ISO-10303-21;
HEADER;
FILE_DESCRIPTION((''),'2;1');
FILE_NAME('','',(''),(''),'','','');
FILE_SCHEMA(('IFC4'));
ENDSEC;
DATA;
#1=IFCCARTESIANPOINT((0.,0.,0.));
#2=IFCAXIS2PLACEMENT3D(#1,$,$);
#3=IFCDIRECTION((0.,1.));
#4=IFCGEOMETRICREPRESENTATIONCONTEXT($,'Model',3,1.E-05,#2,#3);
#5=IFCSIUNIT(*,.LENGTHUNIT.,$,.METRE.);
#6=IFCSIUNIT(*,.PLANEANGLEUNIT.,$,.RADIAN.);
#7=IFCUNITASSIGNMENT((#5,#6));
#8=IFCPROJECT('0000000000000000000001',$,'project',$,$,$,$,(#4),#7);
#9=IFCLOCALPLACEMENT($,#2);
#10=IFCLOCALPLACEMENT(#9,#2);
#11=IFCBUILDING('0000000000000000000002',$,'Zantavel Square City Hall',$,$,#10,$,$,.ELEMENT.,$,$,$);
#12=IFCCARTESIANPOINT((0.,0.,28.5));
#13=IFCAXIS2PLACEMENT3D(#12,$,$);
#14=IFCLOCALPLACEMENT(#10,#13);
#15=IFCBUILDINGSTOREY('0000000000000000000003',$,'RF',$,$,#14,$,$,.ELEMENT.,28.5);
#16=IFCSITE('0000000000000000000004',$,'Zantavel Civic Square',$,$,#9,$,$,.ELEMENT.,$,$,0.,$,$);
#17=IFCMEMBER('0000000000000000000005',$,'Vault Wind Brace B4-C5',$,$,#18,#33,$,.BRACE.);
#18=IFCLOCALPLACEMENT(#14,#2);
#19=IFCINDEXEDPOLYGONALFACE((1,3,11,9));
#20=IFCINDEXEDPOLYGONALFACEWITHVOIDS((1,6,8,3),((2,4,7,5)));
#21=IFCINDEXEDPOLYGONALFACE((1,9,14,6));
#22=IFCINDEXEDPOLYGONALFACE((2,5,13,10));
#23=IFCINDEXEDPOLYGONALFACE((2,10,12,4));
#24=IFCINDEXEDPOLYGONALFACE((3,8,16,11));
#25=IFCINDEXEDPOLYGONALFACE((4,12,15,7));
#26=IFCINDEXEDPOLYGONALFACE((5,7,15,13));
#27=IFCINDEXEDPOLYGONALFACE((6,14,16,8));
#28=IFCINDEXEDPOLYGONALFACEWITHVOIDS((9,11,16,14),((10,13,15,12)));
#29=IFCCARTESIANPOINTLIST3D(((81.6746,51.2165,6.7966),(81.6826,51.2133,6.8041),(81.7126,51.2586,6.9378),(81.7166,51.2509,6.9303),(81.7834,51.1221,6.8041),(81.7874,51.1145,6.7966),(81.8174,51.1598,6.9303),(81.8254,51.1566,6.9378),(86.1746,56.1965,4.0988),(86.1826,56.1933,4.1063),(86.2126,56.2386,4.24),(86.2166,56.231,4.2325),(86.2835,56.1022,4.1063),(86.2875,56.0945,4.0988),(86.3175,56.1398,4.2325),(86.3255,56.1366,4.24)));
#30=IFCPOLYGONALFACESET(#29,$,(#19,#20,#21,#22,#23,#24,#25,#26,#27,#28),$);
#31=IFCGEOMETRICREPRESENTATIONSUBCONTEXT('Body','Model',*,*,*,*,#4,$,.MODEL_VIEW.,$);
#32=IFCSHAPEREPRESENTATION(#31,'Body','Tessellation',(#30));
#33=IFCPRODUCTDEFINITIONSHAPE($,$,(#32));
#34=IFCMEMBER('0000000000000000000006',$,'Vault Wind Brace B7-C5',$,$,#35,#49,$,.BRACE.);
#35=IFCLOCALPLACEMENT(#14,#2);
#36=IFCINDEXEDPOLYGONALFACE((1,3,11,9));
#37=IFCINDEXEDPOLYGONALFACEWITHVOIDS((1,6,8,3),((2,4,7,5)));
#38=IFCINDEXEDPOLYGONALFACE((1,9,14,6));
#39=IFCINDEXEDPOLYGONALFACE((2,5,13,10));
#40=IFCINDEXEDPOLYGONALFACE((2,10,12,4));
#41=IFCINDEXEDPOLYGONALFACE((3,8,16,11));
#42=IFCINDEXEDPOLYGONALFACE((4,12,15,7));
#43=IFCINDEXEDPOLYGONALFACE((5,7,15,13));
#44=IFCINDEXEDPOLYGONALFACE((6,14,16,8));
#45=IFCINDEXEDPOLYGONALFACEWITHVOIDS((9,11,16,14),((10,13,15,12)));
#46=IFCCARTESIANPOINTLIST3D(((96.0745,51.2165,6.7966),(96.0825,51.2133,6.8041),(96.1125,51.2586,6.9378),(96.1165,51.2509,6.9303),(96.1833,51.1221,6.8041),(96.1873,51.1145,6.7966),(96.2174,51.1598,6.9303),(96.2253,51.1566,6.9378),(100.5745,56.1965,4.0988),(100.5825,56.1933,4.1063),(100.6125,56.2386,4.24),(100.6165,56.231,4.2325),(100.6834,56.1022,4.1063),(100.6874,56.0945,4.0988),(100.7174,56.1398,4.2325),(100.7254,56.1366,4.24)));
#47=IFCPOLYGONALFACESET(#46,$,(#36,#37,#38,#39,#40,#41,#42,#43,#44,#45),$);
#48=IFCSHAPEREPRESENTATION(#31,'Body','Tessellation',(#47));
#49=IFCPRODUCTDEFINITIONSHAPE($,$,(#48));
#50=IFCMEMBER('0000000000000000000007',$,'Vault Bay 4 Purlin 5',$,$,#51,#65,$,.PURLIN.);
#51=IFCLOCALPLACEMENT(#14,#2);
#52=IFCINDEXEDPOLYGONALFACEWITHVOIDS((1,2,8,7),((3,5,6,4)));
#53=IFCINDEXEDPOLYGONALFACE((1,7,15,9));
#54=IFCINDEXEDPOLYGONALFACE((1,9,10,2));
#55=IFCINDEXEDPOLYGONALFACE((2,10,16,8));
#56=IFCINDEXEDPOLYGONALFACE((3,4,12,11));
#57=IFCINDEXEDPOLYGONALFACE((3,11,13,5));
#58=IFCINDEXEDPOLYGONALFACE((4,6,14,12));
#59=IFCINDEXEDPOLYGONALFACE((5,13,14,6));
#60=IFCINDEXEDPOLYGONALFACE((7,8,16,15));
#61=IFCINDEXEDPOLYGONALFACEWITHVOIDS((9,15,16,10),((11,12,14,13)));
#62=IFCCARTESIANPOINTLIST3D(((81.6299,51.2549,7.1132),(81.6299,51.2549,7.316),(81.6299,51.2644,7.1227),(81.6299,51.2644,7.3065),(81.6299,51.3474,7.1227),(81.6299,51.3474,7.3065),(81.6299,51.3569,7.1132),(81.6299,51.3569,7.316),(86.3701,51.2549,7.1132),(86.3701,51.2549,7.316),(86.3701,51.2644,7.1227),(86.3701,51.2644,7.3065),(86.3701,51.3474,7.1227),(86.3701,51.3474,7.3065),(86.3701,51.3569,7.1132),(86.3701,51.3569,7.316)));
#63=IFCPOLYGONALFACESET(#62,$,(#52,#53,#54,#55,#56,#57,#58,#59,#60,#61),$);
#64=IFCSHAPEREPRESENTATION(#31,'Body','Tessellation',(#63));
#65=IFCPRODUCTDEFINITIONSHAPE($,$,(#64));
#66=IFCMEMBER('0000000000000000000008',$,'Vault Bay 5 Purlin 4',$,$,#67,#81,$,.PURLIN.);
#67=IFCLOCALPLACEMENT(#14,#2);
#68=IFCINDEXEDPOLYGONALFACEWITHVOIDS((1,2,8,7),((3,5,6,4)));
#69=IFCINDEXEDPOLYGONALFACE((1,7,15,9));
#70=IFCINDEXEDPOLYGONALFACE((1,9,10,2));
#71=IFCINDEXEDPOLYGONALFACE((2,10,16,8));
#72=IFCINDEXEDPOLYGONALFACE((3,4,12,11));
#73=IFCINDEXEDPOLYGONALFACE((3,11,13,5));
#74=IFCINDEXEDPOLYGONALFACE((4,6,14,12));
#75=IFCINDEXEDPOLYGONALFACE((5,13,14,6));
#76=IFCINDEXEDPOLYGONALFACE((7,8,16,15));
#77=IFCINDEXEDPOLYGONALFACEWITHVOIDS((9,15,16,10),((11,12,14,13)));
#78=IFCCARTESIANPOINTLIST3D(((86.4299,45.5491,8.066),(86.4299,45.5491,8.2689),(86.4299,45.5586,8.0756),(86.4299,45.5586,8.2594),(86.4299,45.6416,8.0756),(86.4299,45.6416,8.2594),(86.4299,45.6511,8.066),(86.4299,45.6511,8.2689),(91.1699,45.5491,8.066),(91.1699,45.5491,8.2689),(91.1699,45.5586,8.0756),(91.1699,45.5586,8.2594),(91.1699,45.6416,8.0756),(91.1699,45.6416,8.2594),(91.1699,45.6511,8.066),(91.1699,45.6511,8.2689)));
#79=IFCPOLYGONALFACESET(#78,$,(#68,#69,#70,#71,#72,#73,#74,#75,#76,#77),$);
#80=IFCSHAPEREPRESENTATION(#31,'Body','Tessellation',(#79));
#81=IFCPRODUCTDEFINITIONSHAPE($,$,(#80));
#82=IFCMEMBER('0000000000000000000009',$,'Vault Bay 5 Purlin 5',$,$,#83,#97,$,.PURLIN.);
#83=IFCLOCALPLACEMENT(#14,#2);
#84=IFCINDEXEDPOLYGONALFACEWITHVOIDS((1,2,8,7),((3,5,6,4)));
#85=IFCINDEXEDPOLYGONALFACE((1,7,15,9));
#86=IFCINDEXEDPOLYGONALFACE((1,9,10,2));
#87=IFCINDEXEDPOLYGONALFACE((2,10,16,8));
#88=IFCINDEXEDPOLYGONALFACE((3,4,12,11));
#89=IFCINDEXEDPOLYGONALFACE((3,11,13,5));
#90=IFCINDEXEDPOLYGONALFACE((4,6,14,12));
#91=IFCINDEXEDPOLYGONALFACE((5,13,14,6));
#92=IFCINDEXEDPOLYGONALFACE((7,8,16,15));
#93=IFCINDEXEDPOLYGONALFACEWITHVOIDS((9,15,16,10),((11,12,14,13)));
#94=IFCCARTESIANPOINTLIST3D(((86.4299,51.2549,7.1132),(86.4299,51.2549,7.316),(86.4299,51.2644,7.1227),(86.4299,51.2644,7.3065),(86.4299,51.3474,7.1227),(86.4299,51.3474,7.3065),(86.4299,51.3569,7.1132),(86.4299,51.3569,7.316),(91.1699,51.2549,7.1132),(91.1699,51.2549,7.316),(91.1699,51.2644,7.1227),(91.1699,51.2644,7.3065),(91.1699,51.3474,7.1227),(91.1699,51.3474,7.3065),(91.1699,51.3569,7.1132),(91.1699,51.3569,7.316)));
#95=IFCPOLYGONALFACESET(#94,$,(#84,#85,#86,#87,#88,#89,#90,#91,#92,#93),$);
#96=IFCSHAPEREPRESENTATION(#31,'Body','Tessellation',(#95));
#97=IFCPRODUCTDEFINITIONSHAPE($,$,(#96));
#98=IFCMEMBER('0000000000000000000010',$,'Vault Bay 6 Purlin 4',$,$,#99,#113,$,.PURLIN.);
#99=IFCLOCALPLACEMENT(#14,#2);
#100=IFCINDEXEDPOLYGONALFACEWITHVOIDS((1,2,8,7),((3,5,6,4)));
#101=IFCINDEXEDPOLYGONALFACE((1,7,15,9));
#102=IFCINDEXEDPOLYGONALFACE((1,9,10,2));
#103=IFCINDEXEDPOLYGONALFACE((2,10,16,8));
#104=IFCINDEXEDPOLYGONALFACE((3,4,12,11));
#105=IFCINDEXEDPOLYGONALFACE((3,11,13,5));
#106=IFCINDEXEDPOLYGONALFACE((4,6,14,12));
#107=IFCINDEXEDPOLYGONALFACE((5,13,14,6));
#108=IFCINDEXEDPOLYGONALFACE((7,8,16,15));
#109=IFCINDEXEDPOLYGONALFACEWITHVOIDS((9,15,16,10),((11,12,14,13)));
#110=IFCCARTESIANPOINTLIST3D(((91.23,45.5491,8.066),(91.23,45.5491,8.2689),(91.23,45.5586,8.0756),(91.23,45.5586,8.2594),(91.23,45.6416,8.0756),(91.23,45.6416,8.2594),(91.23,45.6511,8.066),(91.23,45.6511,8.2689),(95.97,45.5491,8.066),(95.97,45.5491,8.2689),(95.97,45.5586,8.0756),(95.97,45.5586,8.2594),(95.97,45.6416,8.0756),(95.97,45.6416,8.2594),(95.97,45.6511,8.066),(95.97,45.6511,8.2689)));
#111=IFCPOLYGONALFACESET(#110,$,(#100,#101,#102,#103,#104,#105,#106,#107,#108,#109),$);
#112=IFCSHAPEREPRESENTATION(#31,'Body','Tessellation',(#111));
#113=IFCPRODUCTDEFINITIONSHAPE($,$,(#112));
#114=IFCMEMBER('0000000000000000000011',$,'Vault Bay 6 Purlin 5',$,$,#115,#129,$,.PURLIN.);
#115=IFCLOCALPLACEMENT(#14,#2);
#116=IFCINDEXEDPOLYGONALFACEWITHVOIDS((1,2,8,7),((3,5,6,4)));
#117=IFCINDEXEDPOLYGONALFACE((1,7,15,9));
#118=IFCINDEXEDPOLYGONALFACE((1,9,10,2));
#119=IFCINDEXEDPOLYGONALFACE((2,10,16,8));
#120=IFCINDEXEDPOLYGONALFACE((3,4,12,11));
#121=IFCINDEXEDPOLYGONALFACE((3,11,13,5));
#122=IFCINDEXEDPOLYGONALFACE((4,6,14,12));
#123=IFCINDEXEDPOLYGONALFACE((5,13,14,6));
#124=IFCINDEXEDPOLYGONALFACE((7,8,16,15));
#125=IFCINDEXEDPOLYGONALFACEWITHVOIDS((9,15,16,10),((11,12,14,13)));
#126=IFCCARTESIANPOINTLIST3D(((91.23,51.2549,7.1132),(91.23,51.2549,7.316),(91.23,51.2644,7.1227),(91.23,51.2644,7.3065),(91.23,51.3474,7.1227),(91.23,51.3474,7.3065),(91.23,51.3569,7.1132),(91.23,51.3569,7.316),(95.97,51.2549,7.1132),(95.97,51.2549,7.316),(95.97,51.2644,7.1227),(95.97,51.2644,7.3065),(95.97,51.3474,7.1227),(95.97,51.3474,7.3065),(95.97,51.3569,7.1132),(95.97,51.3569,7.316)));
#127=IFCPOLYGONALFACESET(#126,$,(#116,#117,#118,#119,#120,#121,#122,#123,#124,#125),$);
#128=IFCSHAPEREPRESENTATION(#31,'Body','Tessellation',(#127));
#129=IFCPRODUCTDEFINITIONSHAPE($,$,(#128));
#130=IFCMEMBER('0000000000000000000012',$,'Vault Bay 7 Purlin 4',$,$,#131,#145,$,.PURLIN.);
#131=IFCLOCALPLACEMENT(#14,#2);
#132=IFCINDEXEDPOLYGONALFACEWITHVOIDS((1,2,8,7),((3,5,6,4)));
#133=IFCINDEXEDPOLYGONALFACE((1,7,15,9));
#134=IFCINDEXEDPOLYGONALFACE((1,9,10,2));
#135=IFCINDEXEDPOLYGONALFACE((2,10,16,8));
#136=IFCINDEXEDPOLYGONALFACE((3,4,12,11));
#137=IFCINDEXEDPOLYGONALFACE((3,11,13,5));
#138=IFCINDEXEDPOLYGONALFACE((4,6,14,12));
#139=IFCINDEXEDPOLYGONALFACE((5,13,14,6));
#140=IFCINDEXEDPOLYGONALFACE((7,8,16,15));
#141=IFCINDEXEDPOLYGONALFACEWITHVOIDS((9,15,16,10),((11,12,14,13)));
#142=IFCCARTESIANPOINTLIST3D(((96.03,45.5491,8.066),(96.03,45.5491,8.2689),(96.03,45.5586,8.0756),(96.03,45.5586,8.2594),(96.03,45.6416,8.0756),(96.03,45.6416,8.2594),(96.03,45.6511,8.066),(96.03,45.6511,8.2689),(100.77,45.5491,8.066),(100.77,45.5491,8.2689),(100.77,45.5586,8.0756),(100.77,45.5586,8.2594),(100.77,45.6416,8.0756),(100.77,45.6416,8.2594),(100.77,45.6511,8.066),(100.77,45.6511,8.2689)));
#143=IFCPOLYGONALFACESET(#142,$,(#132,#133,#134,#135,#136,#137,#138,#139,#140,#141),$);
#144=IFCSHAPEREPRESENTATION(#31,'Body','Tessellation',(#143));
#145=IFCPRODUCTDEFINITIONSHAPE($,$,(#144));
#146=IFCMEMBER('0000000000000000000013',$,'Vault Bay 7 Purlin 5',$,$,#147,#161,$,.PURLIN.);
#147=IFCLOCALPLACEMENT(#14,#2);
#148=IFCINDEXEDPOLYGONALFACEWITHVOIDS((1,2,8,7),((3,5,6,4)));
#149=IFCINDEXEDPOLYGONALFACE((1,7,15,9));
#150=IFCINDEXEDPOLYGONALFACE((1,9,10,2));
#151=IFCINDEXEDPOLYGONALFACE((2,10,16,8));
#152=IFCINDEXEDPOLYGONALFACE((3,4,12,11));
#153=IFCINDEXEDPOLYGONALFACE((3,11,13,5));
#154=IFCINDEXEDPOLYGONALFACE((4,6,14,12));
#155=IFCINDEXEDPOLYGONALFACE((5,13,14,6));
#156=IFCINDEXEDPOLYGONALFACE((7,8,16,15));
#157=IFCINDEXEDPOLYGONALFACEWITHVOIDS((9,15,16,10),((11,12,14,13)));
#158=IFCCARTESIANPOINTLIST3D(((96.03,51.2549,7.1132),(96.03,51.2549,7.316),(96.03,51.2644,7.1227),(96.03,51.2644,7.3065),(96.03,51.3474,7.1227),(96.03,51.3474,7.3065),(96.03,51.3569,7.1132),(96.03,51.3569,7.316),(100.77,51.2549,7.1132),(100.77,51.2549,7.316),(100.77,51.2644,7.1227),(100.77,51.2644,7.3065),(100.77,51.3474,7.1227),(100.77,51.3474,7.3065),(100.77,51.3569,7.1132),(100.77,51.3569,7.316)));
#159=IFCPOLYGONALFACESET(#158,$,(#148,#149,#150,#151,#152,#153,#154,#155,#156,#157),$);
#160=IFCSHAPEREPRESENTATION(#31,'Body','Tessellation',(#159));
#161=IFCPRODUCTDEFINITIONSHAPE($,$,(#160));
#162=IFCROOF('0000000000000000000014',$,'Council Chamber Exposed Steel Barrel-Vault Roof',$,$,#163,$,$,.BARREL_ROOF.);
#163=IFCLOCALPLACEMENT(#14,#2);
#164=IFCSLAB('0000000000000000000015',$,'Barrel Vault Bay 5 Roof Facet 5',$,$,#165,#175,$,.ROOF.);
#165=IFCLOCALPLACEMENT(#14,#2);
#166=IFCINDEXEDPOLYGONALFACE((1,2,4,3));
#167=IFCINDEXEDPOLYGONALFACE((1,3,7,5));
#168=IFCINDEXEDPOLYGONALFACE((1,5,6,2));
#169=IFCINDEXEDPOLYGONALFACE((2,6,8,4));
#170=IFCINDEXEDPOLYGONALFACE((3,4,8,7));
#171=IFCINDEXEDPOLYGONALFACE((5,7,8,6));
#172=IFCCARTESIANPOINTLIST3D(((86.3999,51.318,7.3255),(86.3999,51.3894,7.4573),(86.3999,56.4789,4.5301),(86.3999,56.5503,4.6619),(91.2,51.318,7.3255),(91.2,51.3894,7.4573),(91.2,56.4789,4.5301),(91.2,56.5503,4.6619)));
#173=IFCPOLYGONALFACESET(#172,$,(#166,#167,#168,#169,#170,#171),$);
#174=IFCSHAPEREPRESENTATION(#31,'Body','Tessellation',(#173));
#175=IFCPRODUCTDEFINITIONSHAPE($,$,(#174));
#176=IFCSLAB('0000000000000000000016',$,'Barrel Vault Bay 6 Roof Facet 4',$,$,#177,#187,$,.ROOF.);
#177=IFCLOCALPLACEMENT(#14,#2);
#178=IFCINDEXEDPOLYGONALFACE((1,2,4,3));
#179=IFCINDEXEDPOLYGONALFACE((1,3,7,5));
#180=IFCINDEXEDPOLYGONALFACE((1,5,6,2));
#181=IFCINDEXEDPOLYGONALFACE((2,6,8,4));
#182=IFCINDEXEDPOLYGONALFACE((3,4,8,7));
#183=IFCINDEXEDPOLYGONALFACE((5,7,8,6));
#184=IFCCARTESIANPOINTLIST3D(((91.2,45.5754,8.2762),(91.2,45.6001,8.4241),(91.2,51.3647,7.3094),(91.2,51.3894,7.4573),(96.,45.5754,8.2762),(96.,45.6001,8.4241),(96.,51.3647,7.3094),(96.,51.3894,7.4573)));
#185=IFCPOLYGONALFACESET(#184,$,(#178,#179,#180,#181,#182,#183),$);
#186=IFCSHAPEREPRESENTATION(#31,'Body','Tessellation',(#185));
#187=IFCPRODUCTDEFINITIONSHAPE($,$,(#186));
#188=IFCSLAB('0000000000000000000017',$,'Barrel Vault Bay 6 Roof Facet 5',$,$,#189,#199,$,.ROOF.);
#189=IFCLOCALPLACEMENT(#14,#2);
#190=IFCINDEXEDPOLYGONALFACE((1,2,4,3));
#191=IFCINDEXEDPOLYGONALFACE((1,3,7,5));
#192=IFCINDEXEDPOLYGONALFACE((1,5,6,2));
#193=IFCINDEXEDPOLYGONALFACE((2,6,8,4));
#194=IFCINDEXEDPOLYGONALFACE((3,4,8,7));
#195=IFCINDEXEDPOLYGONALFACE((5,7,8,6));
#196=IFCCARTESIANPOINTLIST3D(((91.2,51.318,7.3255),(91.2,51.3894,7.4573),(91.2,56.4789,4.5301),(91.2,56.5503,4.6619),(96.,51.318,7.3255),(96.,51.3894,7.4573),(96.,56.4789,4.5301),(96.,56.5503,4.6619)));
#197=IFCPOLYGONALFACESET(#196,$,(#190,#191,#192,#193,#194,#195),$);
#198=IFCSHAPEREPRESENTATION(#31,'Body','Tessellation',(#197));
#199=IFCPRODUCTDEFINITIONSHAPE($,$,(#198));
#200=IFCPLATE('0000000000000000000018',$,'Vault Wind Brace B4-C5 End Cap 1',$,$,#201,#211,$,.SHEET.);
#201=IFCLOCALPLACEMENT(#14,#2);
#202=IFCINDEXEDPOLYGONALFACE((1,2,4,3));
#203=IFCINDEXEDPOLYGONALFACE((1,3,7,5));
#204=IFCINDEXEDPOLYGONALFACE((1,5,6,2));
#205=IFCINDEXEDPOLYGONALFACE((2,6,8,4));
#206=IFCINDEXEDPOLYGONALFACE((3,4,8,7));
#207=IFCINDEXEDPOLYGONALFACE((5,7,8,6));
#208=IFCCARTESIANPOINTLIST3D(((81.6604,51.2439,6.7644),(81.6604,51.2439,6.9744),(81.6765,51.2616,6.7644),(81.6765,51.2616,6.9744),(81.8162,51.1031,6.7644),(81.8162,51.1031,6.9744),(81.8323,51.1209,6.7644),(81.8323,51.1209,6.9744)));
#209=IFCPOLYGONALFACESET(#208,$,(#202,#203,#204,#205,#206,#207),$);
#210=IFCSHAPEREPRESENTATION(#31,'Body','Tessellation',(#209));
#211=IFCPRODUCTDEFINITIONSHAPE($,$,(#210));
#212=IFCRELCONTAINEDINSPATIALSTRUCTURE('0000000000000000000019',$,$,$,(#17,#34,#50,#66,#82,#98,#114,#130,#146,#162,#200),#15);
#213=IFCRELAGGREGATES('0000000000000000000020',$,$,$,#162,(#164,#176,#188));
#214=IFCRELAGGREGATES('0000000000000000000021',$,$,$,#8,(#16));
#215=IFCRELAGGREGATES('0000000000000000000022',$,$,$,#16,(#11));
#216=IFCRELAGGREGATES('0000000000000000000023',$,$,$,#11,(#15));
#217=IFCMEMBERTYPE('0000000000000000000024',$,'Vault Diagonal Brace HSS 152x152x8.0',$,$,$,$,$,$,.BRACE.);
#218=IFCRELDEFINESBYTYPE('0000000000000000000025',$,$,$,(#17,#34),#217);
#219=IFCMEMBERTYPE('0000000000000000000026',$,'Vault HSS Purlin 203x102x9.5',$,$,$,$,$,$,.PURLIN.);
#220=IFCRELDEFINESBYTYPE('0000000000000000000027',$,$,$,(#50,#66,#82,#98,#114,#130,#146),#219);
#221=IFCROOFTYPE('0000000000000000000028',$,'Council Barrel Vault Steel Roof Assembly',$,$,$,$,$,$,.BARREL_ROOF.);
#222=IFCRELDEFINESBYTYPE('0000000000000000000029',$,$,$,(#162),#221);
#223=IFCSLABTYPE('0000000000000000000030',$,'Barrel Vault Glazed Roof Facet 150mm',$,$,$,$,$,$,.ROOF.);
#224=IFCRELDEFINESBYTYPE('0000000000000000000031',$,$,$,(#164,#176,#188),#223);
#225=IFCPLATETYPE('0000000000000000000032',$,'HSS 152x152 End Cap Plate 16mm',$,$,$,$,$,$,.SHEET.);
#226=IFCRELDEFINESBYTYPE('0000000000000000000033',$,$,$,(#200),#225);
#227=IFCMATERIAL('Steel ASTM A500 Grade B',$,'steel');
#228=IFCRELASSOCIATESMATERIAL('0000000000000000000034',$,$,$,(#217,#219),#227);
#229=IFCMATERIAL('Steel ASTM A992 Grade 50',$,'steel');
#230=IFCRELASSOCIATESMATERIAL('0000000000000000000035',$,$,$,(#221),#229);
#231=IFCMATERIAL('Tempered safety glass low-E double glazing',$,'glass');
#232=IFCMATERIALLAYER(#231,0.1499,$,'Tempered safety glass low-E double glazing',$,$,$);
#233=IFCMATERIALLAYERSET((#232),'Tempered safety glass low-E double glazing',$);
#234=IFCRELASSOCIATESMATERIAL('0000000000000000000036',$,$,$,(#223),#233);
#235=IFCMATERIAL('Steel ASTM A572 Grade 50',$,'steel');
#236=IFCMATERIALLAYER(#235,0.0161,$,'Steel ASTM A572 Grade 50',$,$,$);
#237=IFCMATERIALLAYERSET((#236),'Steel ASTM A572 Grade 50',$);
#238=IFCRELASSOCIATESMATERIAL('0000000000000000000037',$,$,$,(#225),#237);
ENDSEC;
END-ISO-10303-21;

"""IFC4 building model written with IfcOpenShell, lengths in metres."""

from ifc_helpers import new_model, si_unit, direction, frame, origin, origin_2d, place, context, subcontext, project, spatial, polyline, rectangle, hollow_rectangle, outline, extrude, material, layer, layer_set, material_profile, profile_set, type_object, element, aggregate, save


model = new_model("IFC4")

# Units and contexts
model_context = context("Model", 3, precision=1e-05, world=origin(), true_north=direction((0.0, 1.0)))
body_context = subcontext(model_context, "Body", "Model", "MODEL_VIEW")
ifc_project = project(units=[si_unit("LENGTHUNIT", "METRE"), si_unit("PLANEANGLEUNIT", "RADIAN")], contexts=[model_context])

# Site, building, storey
site_placement = place(None, origin())
site = spatial("IfcSite", under=ifc_project, at=site_placement, Name="Zantavel Civic Square", CompositionType="ELEMENT", RefElevation=0.0)
building_placement = place(site_placement, origin())
building = spatial("IfcBuilding", under=site, at=building_placement, Name="Zantavel Square City Hall", CompositionType="ELEMENT")
storey_placement = place(building_placement, frame((0.0, 0.0, 28.5)))
storey = spatial("IfcBuildingStorey", under=building, at=storey_placement, Name="RF", CompositionType="ELEMENT", Elevation=28.5)

# Shared definitions
ifc_material_1 = material(Name="Steel ASTM A992 Grade 50", Category="steel")

# Members
ifc_material_2 = material(Name="Steel ASTM A500 Grade B", Category="steel")
ifc_material_profile_1 = material_profile(ifc_material_2, hollow_rectangle(XDim=0.1521, YDim=0.1521, WallThickness=0.0081, at=origin_2d()), Name="HSS 152x152x8.0")
ifc_profile_set_1 = profile_set([ifc_material_profile_1], Name="Steel ASTM A500 Grade B")
member_type_1 = type_object("IfcMemberType", Name="Vault Diagonal Brace HSS 152x152x8.0", PredefinedType="BRACE", material=ifc_profile_set_1)
for number, where, z_axis, x_axis, name in (
    (1, (81.75, 51.1865, 6.8672), (0.622078, 0.688431, -0.372937), (-0.741958, 0.670446, 0.0), "Vault Wind Brace B4-C5"),
    (2, (96.1499, 51.1865, 6.8672), (0.622078, 0.688431, -0.372937), (-0.741958, 0.670446, 0.0), "Vault Wind Brace B7-C5"),
):
    element("IfcMember", number, at=place(storey_placement, frame(where, z_axis=z_axis, x_axis=x_axis)), inside=storey, type_object=member_type_1, Name=name, PredefinedType="BRACE", context=body_context, shape_type="SweptSolid", body=[
        extrude(hollow_rectangle(XDim=0.1521, YDim=0.1521, WallThickness=0.0081, at=origin_2d()), origin(), (0.0, 0.0, 1.0), 7.2339),
    ])
ifc_material_profile_2 = material_profile(ifc_material_2, hollow_rectangle(XDim=0.1021, YDim=0.2029, WallThickness=0.0095, at=origin_2d()), Name="HSS 203x102x9.5")
ifc_profile_set_2 = profile_set([ifc_material_profile_2], Name="Steel ASTM A500 Grade B")
member_type_2 = type_object("IfcMemberType", Name="Vault HSS Purlin 203x102x9.5", PredefinedType="PURLIN", material=ifc_profile_set_2)
member_placement = place(storey_placement, frame((81.6299, 51.3059, 7.2146), z_axis=(1.0, 0.0, 0.0), x_axis=(0.0, 1.0, 0.0)))
element("IfcMember", 3, at=member_placement, inside=storey, type_object=member_type_2, Name="Vault Bay 4 Purlin 5", PredefinedType="PURLIN", context=body_context, shape_type="SweptSolid", body=[
    extrude(hollow_rectangle(XDim=0.1021, YDim=0.2029, WallThickness=0.0095, at=origin_2d()), origin(), (0.0, 0.0, 1.0), 4.7402),
])
for number, where, z_axis, x_axis, name in (
    (4, (86.4299, 45.6001, 8.1675), (1.0, 0.0, 0.0), (0.0, 1.0, 0.0), "Vault Bay 5 Purlin 4"),
    (5, (86.4299, 51.3059, 7.2146), (1.0, 0.0, 0.0), (0.0, 1.0, 0.0), "Vault Bay 5 Purlin 5"),
    (6, (91.23, 45.6001, 8.1675), (1.0, 0.0, 0.0), (0.0, 1.0, 0.0), "Vault Bay 6 Purlin 4"),
    (7, (91.23, 51.3059, 7.2146), (1.0, 0.0, 0.0), (0.0, 1.0, 0.0), "Vault Bay 6 Purlin 5"),
    (8, (96.03, 45.6001, 8.1675), (1.0, 0.0, 0.0), (0.0, 1.0, 0.0), "Vault Bay 7 Purlin 4"),
    (9, (96.03, 51.3059, 7.2146), (1.0, 0.0, 0.0), (0.0, 1.0, 0.0), "Vault Bay 7 Purlin 5"),
):
    element("IfcMember", number, at=place(storey_placement, frame(where, z_axis=z_axis, x_axis=x_axis)), inside=storey, type_object=member_type_2, Name=name, PredefinedType="PURLIN", context=body_context, shape_type="SweptSolid", body=[
        extrude(hollow_rectangle(XDim=0.1021, YDim=0.2029, WallThickness=0.0095, at=origin_2d()), origin(), (0.0, 0.0, 1.0), 4.74),
    ])

# Roof, slabs
roof_type = type_object("IfcRoofType", Name="Council Barrel Vault Steel Roof Assembly", PredefinedType="BARREL_ROOF", material=ifc_material_1)
roof_placement = place(storey_placement, origin())
roof = element("IfcRoof", 10, at=roof_placement, inside=storey, type_object=roof_type, Name="Council Chamber Exposed Steel Barrel-Vault Roof", PredefinedType="BARREL_ROOF")
ifc_material_3 = material(Name="Tempered safety glass low-E double glazing", Category="glass")
ifc_layer_1 = layer(ifc_material_3, 0.1499, Name="Tempered safety glass low-E double glazing")
ifc_layer_set_1 = layer_set([ifc_layer_1], Name="Tempered safety glass low-E double glazing")
slab_type_1 = type_object("IfcSlabType", Name="Barrel Vault Glazed Roof Facet 150mm", PredefinedType="ROOF", material=ifc_layer_set_1)
slab_1_placement = place(storey_placement, frame((86.3999, 51.3894, 7.4573), z_axis=(0.0, 0.476274, 0.879297), x_axis=(1.0, 0.0, 0.0)))
slab_1 = element("IfcSlab", 11, at=slab_1_placement, type_object=slab_type_1, Name="Barrel Vault Bay 5 Roof Facet 5", PredefinedType="ROOF", context=body_context, shape_type="SweptSolid", body=[
    extrude(outline(polyline([(0.0, 0.0), (4.8, 0.0), (4.8, 5.8693), (0.0, 5.8693), (0.0, 0.0)])), origin(), (0.0, 0.0, -1.0), 0.1499),
])
slab_2_placement = place(storey_placement, frame((91.2, 45.6001, 8.4241), z_axis=(0.0, 0.164716, 0.986341), x_axis=(1.0, 0.0, 0.0)))
slab_2 = element("IfcSlab", 12, at=slab_2_placement, type_object=slab_type_1, Name="Barrel Vault Bay 6 Roof Facet 4", PredefinedType="ROOF", context=body_context, shape_type="SweptSolid", body=[
    extrude(outline(polyline([(0.0, 0.0), (4.8, 0.0), (4.8, 5.8695), (0.0, 5.8695), (0.0, 0.0)])), origin(), (0.0, 0.0, -1.0), 0.1499),
])
slab_3_placement = place(storey_placement, frame((91.2, 51.3894, 7.4573), z_axis=(0.0, 0.476274, 0.879297), x_axis=(1.0, 0.0, 0.0)))
slab_3 = element("IfcSlab", 13, at=slab_3_placement, type_object=slab_type_1, Name="Barrel Vault Bay 6 Roof Facet 5", PredefinedType="ROOF", context=body_context, shape_type="SweptSolid", body=[
    extrude(outline(polyline([(0.0, 0.0), (4.8, 0.0), (4.8, 5.8693), (0.0, 5.8693), (0.0, 0.0)])), origin(), (0.0, 0.0, -1.0), 0.1499),
])

# Plate
ifc_material_4 = material(Name="Steel ASTM A572 Grade 50", Category="steel")
ifc_layer_2 = layer(ifc_material_4, 0.0161, Name="Steel ASTM A572 Grade 50")
ifc_layer_set_2 = layer_set([ifc_layer_2], Name="Steel ASTM A572 Grade 50")
plate_type_1 = type_object("IfcPlateType", Name="HSS 152x152 End Cap Plate 16mm", PredefinedType="SHEET", material=ifc_layer_set_2)
for number, where, z_axis, x_axis, name in (
    (14, (81.7463, 51.1824, 6.7644), (0.0, 0.0, 1.0), (0.670438, 0.741966, 0.0), "Vault Wind Brace B4-C5 End Cap 1"),
):
    element("IfcPlate", number, at=place(storey_placement, frame(where, z_axis=z_axis, x_axis=x_axis)), inside=storey, type_object=plate_type_1, Name=name, PredefinedType="SHEET", context=body_context, shape_type="SweptSolid", body=[
        extrude(rectangle(XDim=0.0239, YDim=0.21, at=origin_2d()), origin(), (0.0, 0.0, 1.0), 0.21),
    ])

aggregate(roof, [slab_1, slab_2, slab_3])

save(model, "model.ifc")
